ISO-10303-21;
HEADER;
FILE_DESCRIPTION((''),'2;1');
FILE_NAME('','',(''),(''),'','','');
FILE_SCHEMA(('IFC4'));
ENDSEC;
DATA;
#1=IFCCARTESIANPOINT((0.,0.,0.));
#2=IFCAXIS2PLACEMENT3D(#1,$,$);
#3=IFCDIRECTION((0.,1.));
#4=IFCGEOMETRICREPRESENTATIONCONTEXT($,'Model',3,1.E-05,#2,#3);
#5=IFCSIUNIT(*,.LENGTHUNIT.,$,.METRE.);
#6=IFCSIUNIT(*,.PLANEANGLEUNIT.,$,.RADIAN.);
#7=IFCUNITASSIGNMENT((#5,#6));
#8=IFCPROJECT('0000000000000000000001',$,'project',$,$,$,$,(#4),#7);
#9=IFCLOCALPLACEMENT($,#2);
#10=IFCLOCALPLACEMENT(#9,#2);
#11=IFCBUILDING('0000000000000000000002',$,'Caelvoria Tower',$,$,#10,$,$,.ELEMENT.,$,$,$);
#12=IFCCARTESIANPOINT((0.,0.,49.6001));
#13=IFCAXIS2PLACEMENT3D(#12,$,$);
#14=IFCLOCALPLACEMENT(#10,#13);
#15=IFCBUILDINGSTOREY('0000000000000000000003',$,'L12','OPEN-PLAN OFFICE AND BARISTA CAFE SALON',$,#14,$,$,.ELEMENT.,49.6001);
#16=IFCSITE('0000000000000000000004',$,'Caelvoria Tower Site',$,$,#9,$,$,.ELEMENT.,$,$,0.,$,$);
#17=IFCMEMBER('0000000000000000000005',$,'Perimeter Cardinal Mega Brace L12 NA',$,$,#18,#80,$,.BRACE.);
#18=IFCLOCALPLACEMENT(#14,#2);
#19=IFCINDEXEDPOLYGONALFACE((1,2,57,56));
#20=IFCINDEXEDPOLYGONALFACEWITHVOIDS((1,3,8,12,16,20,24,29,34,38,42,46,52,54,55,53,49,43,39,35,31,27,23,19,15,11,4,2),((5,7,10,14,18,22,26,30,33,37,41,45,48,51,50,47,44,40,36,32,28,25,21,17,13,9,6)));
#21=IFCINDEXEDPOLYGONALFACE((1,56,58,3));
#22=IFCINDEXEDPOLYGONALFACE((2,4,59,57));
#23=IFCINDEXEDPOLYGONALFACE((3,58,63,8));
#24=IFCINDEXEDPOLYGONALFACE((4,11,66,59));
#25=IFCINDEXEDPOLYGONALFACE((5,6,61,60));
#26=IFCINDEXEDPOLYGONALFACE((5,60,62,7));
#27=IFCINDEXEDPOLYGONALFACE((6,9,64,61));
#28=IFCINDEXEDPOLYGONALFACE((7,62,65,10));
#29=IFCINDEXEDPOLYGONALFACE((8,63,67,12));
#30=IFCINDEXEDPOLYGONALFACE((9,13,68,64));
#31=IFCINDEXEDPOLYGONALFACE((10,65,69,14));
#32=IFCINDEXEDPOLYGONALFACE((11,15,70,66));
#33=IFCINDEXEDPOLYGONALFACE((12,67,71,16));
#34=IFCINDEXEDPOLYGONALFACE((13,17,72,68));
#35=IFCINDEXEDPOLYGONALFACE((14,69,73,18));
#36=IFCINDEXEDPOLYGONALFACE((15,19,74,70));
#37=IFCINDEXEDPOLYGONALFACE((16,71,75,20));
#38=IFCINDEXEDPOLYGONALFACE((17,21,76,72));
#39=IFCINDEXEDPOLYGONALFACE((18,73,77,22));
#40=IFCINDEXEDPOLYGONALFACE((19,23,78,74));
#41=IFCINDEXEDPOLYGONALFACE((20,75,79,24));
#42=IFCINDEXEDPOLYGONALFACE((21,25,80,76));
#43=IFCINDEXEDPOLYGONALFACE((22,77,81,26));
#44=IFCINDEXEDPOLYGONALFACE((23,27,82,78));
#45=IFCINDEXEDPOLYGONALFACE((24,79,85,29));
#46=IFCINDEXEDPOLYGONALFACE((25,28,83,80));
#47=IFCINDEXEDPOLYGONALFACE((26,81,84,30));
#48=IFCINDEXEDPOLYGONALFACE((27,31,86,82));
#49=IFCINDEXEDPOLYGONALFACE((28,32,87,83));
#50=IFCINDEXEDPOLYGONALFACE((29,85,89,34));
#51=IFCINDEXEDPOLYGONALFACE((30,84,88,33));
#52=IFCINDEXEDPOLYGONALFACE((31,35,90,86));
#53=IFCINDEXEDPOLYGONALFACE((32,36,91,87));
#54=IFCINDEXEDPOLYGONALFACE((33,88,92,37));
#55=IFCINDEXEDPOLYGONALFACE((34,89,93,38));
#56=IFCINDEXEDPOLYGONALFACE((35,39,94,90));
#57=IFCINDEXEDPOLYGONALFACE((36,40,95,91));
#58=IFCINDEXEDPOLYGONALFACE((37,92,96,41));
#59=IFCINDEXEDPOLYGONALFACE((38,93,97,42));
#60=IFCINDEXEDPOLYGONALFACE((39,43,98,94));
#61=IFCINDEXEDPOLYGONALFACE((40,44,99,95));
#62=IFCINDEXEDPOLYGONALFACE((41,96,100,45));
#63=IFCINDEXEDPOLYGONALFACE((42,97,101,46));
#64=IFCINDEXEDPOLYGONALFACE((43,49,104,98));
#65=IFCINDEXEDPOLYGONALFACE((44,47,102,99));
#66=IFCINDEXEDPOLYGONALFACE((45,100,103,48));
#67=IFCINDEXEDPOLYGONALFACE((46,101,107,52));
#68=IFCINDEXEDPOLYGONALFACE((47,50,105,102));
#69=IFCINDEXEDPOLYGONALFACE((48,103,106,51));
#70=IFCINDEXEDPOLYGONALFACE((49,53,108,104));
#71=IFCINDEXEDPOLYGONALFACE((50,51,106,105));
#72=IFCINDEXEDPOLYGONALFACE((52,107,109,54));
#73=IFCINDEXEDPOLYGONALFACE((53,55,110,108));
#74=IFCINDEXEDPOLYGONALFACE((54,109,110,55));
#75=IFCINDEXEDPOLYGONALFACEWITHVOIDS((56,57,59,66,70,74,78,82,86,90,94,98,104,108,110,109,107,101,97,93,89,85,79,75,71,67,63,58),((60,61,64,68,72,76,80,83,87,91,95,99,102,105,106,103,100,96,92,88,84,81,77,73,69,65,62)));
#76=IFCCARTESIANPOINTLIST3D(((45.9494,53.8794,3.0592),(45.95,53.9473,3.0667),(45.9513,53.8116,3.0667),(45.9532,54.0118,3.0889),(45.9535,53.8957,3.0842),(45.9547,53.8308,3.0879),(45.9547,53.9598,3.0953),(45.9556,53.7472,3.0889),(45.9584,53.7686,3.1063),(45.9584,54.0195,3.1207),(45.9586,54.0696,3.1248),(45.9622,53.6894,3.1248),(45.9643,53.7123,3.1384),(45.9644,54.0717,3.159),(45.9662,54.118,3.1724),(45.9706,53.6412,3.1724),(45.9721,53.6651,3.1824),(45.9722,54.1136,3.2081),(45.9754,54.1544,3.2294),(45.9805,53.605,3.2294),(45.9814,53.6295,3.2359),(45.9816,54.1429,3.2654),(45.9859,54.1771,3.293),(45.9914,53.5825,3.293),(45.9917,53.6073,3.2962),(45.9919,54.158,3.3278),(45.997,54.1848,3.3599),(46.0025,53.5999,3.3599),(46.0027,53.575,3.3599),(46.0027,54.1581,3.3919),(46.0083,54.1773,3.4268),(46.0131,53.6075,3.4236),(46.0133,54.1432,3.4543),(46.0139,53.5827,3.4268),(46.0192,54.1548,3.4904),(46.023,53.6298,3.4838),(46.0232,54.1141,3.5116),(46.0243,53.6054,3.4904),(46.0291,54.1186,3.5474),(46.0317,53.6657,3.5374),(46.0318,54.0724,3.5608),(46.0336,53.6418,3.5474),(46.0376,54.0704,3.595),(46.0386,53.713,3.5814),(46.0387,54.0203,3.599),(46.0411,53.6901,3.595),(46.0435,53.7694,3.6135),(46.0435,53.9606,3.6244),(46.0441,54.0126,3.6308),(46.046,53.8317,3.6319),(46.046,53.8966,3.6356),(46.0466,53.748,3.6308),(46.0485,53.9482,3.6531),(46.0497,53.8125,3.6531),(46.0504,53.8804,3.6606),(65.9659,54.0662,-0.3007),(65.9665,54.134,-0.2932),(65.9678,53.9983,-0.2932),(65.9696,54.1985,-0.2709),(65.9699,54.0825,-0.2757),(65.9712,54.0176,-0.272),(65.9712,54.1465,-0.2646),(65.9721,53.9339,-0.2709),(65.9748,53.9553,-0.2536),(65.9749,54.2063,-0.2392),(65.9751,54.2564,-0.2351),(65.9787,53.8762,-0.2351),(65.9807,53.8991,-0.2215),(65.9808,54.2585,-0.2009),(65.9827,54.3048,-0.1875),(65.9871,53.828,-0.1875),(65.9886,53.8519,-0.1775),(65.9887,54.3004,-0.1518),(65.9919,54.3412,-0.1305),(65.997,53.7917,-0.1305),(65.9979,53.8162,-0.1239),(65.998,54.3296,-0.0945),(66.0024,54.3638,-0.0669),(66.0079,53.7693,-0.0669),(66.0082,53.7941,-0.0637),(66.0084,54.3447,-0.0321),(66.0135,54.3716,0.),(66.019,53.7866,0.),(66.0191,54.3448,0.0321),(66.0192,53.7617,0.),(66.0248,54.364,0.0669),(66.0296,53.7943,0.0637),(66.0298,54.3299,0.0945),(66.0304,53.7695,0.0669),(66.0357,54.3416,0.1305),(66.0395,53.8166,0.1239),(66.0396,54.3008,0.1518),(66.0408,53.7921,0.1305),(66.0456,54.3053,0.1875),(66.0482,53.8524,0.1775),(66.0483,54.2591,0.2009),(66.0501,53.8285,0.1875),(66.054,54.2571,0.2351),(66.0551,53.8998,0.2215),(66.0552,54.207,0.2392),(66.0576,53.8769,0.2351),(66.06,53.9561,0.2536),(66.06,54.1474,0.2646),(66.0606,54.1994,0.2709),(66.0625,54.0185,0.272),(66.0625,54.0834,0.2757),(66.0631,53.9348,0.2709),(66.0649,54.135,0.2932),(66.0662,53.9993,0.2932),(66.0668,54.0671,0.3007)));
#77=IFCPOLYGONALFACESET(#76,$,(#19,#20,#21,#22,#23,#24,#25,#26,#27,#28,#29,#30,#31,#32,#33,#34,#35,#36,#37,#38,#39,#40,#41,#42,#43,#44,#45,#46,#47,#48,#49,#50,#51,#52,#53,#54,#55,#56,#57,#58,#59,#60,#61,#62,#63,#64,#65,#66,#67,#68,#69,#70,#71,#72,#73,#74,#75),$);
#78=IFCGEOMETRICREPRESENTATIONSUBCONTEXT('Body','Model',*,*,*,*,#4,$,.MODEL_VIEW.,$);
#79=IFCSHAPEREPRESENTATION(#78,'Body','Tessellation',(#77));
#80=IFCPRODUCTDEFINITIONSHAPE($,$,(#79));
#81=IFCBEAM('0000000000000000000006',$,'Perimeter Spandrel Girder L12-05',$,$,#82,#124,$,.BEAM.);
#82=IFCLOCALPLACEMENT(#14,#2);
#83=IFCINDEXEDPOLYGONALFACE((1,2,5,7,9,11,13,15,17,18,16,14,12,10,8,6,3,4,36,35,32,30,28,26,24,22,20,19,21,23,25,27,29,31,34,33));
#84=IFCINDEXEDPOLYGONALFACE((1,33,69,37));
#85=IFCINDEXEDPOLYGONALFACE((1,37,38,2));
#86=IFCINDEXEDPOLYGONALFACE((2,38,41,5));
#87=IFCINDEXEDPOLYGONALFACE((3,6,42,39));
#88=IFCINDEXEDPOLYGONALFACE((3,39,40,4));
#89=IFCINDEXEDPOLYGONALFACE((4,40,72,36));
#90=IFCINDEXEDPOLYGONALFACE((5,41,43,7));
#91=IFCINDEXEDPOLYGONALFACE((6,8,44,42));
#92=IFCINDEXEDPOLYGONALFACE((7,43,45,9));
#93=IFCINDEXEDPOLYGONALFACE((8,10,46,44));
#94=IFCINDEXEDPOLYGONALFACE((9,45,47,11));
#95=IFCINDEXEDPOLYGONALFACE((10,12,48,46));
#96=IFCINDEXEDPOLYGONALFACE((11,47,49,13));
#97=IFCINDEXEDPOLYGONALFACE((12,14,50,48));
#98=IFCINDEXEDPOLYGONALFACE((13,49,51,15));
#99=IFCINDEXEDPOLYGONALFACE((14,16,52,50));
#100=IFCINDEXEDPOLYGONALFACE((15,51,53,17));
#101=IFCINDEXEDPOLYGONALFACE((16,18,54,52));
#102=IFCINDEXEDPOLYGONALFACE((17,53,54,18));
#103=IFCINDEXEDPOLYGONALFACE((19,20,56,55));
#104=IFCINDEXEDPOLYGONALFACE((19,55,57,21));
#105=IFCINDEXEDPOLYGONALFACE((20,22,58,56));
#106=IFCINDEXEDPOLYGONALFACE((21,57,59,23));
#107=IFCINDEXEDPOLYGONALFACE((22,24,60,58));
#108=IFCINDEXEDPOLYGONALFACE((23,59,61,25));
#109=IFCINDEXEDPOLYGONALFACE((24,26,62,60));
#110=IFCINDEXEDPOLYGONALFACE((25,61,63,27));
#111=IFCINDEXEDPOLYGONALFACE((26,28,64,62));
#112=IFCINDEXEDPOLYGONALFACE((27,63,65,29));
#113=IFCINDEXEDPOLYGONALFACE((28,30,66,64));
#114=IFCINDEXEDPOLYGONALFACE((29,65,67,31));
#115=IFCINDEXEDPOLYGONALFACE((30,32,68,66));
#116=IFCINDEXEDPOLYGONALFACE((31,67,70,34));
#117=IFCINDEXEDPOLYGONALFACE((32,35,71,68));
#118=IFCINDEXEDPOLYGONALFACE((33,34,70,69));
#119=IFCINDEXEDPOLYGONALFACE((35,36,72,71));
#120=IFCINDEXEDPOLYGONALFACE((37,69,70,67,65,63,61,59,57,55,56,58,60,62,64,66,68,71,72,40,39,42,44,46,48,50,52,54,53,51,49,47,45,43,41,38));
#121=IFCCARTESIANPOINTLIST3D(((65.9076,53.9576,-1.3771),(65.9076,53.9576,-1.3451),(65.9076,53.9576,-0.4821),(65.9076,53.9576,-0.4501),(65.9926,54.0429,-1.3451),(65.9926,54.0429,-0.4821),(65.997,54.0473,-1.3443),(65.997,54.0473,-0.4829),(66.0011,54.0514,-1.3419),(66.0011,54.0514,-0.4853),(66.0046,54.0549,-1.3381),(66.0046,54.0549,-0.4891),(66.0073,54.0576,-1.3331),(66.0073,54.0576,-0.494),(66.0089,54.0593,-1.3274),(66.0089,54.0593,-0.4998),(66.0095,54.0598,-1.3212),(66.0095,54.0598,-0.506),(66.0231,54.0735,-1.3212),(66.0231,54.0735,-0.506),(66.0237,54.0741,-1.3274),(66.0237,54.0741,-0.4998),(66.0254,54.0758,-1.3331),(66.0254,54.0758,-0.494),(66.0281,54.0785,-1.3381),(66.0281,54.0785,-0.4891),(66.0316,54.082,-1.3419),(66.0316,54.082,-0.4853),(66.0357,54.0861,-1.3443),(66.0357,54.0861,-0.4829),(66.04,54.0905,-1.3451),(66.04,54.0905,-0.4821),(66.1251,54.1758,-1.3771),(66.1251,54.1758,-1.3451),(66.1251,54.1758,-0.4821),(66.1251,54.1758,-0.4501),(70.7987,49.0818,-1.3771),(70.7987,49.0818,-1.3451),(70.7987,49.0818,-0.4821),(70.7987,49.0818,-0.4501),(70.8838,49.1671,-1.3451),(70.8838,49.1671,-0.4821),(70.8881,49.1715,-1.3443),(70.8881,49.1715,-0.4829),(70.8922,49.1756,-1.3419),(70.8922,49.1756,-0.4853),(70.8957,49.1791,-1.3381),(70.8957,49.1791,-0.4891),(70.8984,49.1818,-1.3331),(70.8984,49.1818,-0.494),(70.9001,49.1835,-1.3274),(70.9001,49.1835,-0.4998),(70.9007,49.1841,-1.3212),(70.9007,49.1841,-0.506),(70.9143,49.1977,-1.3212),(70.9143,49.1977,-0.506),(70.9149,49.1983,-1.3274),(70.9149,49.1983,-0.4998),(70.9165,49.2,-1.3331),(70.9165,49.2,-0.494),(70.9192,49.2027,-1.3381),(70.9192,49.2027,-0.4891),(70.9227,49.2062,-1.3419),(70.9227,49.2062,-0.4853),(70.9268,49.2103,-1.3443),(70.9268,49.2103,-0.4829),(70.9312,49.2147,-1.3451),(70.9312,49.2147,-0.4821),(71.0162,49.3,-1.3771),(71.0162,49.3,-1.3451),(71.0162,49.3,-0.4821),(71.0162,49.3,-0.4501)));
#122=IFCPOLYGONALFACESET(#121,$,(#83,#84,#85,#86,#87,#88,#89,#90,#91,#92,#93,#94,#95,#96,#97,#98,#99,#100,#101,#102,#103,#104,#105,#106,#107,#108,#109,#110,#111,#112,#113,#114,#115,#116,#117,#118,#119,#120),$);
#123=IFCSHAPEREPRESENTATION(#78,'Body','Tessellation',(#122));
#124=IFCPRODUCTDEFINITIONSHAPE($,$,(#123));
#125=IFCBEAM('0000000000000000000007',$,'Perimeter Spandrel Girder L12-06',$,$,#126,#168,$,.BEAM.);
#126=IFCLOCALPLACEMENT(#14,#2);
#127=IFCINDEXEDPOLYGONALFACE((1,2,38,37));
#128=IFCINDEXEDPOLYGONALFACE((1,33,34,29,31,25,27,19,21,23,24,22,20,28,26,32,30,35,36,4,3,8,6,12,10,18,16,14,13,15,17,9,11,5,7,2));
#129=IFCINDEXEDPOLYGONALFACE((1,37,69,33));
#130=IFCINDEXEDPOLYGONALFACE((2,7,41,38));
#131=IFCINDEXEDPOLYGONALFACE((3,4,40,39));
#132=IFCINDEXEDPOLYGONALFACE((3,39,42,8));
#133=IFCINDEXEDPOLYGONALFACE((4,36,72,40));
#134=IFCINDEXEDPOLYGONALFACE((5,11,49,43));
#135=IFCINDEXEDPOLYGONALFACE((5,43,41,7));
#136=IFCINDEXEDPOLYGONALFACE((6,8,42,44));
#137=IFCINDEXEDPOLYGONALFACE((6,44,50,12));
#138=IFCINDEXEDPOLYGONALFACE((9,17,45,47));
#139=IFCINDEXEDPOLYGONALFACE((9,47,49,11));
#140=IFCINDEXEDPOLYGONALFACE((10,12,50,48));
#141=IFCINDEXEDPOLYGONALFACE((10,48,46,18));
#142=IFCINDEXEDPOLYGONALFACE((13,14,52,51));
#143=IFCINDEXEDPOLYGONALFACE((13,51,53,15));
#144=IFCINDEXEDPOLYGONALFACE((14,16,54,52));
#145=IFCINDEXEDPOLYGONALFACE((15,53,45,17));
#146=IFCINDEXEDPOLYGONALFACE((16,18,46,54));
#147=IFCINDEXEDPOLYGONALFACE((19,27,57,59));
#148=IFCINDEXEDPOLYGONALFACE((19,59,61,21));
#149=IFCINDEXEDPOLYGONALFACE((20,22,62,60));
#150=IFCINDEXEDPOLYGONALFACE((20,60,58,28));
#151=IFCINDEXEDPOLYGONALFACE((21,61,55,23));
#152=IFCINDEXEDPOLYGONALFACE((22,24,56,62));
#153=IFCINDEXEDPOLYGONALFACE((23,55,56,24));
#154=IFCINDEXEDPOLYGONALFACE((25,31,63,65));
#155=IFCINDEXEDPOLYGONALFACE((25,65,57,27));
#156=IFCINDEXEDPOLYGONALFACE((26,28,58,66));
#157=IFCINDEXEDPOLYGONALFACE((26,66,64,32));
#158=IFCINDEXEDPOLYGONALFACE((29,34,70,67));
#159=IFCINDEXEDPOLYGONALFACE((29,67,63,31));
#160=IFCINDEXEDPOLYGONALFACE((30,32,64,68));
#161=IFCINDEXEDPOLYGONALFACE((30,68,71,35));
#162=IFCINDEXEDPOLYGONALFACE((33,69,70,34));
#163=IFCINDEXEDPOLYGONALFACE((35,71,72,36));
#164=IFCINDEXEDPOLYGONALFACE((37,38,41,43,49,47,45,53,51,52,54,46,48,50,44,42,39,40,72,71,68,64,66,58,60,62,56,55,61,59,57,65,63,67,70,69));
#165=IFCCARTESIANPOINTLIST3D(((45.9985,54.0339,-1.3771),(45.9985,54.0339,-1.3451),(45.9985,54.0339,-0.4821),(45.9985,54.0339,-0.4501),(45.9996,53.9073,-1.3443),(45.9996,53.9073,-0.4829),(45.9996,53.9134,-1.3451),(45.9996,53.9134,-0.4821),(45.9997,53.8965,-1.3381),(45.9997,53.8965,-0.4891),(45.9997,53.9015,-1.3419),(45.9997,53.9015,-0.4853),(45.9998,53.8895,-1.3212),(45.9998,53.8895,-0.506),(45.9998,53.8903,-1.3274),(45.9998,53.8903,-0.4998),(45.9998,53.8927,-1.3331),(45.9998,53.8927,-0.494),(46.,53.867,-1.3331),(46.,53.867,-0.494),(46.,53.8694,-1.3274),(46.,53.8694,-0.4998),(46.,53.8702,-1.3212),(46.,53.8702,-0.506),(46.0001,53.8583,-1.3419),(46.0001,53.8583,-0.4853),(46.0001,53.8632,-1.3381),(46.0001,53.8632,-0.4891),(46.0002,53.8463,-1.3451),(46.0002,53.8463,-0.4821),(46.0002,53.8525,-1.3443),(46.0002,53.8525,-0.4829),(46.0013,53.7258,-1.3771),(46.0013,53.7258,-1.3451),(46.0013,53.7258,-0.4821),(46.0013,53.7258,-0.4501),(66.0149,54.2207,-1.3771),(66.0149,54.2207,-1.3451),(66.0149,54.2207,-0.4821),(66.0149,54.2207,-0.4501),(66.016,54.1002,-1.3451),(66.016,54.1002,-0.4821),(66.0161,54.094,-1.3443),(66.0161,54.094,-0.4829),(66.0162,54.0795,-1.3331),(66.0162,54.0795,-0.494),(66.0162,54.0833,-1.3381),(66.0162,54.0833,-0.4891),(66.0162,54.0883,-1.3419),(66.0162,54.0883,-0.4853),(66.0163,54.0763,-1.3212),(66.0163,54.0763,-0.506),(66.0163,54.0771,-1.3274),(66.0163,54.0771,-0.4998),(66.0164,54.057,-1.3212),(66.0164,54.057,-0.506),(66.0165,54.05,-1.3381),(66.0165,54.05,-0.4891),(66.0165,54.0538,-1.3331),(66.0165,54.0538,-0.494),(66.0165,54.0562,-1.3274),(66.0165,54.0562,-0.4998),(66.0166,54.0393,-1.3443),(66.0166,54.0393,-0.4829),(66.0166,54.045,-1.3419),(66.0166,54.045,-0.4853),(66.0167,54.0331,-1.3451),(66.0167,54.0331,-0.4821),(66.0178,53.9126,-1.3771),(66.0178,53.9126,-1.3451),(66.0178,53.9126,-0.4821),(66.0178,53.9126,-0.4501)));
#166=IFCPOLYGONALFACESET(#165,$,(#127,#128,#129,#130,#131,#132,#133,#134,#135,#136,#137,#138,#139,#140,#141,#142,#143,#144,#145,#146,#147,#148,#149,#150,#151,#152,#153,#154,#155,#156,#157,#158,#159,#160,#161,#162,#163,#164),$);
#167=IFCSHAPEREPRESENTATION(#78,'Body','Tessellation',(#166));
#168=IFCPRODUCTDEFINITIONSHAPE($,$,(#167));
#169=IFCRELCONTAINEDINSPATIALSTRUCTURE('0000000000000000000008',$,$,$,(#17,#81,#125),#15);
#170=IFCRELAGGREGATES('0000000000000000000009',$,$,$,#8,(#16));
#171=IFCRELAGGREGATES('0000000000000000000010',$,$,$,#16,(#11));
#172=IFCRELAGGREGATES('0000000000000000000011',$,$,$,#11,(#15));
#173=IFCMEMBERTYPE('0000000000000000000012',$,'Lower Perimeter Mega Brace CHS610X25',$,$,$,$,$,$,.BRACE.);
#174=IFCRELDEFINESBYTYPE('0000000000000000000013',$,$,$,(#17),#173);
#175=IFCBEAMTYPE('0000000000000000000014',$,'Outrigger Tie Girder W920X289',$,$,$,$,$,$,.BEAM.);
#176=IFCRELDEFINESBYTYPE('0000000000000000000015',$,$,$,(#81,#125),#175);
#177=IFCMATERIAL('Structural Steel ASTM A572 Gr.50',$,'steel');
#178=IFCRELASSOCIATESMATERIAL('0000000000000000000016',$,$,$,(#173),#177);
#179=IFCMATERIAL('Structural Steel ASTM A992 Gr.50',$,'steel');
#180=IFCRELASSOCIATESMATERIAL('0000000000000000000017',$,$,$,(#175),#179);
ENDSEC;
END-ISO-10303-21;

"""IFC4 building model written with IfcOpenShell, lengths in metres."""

from ifc_helpers import new_model, si_unit, direction, frame, origin, origin_2d, place, context, subcontext, project, spatial, hollow_circle, i_section, extrude, material, material_profile, profile_set, type_object, element, save


model = new_model("IFC4")

# Units and contexts
model_context = context("Model", 3, precision=1e-05, world=origin(), true_north=direction((0.0, 1.0)))
body_context = subcontext(model_context, "Body", "Model", "MODEL_VIEW")
ifc_project = project(units=[si_unit("LENGTHUNIT", "METRE"), si_unit("PLANEANGLEUNIT", "RADIAN")], contexts=[model_context])

# Site, building, storey
site_placement = place(None, origin())
site = spatial("IfcSite", under=ifc_project, at=site_placement, Name="Caelvoria Tower Site", CompositionType="ELEMENT", RefElevation=0.0)
building_placement = place(site_placement, origin())
building = spatial("IfcBuilding", under=site, at=building_placement, Name="Caelvoria Tower", CompositionType="ELEMENT")
storey_placement = place(building_placement, frame((0.0, 0.0, 49.6001)))
storey = spatial("IfcBuildingStorey", under=building, at=storey_placement, Name="L12", Description="OPEN-PLAN OFFICE AND BARISTA CAFE SALON", CompositionType="ELEMENT", Elevation=49.6001)

# Shared definitions
ifc_material_1 = material(Name="Structural Steel ASTM A572 Gr.50", Category="steel")

# Member
ifc_material_profile_1 = material_profile(ifc_material_1, hollow_circle(Radius=0.3049, WallThickness=0.0249, at=origin_2d()), Name="Structural Steel ASTM A572 Gr.50")
ifc_profile_set_1 = profile_set([ifc_material_profile_1], Name="CHS610X25 - Structural Steel ASTM A572 Gr.50")
member_type = type_object("IfcMemberType", Name="Lower Perimeter Mega Brace CHS610X25", PredefinedType="BRACE", material=ifc_profile_set_1)
member_1_placement = place(storey_placement, frame((66.0164, 54.0667, 0.0), z_axis=(-0.986161, -0.009202, 0.165533), x_axis=(0.00933, -0.999956, 0.0)))
element("IfcMember", 1, at=member_1_placement, inside=storey, type_object=member_type, Name="Perimeter Cardinal Mega Brace L12 NA", PredefinedType="BRACE", context=body_context, shape_type="SweptSolid", body=[
    extrude(hollow_circle(Radius=0.3049, WallThickness=0.0249, at=origin_2d()), origin(), (0.0, 0.0, 1.0), 20.2974),
])

# Beams
ifc_material_2 = material(Name="Structural Steel ASTM A992 Gr.50", Category="steel")
ifc_material_profile_2 = material_profile(ifc_material_2, i_section(OverallWidth=0.3081, OverallDepth=0.927, WebThickness=0.0193, FlangeThickness=0.032, FilletRadius=0.0239, at=origin_2d()), Name="Structural Steel ASTM A992 Gr.50")
ifc_profile_set_2 = profile_set([ifc_material_profile_2], Name="W920X289 - Structural Steel ASTM A992 Gr.50")
beam_type_1 = type_object("IfcBeamType", Name="Outrigger Tie Girder W920X289", PredefinedType="BEAM", material=ifc_profile_set_2)
beam_1_placement = place(storey_placement, frame((70.9075, 49.1909, -0.9136), z_axis=(-0.708219, 0.705992, 0.0), x_axis=(-0.705992, -0.708219, 0.0)))
element("IfcBeam", 2, at=beam_1_placement, inside=storey, type_object=beam_type_1, Name="Perimeter Spandrel Girder L12-05", PredefinedType="BEAM", context=body_context, shape_type="SweptSolid", body=[
    extrude(i_section(OverallWidth=0.3081, OverallDepth=0.927, WebThickness=0.0193, FlangeThickness=0.032, FilletRadius=0.0239, at=origin_2d()), origin(), (0.0, 0.0, 1.0), 6.9062),
])
beam_2_placement = place(storey_placement, frame((66.0164, 54.0667, -0.9136), z_axis=(-0.999956, -0.00933, 0.0), x_axis=(0.00933, -0.999956, 0.0)))
element("IfcBeam", 3, at=beam_2_placement, inside=storey, type_object=beam_type_1, Name="Perimeter Spandrel Girder L12-06", PredefinedType="BEAM", context=body_context, shape_type="SweptSolid", body=[
    extrude(i_section(OverallWidth=0.3081, OverallDepth=0.927, WebThickness=0.0193, FlangeThickness=0.032, FilletRadius=0.0239, at=origin_2d()), origin(), (0.0, 0.0, 1.0), 20.0173),
])

save(model, "model.ifc")
